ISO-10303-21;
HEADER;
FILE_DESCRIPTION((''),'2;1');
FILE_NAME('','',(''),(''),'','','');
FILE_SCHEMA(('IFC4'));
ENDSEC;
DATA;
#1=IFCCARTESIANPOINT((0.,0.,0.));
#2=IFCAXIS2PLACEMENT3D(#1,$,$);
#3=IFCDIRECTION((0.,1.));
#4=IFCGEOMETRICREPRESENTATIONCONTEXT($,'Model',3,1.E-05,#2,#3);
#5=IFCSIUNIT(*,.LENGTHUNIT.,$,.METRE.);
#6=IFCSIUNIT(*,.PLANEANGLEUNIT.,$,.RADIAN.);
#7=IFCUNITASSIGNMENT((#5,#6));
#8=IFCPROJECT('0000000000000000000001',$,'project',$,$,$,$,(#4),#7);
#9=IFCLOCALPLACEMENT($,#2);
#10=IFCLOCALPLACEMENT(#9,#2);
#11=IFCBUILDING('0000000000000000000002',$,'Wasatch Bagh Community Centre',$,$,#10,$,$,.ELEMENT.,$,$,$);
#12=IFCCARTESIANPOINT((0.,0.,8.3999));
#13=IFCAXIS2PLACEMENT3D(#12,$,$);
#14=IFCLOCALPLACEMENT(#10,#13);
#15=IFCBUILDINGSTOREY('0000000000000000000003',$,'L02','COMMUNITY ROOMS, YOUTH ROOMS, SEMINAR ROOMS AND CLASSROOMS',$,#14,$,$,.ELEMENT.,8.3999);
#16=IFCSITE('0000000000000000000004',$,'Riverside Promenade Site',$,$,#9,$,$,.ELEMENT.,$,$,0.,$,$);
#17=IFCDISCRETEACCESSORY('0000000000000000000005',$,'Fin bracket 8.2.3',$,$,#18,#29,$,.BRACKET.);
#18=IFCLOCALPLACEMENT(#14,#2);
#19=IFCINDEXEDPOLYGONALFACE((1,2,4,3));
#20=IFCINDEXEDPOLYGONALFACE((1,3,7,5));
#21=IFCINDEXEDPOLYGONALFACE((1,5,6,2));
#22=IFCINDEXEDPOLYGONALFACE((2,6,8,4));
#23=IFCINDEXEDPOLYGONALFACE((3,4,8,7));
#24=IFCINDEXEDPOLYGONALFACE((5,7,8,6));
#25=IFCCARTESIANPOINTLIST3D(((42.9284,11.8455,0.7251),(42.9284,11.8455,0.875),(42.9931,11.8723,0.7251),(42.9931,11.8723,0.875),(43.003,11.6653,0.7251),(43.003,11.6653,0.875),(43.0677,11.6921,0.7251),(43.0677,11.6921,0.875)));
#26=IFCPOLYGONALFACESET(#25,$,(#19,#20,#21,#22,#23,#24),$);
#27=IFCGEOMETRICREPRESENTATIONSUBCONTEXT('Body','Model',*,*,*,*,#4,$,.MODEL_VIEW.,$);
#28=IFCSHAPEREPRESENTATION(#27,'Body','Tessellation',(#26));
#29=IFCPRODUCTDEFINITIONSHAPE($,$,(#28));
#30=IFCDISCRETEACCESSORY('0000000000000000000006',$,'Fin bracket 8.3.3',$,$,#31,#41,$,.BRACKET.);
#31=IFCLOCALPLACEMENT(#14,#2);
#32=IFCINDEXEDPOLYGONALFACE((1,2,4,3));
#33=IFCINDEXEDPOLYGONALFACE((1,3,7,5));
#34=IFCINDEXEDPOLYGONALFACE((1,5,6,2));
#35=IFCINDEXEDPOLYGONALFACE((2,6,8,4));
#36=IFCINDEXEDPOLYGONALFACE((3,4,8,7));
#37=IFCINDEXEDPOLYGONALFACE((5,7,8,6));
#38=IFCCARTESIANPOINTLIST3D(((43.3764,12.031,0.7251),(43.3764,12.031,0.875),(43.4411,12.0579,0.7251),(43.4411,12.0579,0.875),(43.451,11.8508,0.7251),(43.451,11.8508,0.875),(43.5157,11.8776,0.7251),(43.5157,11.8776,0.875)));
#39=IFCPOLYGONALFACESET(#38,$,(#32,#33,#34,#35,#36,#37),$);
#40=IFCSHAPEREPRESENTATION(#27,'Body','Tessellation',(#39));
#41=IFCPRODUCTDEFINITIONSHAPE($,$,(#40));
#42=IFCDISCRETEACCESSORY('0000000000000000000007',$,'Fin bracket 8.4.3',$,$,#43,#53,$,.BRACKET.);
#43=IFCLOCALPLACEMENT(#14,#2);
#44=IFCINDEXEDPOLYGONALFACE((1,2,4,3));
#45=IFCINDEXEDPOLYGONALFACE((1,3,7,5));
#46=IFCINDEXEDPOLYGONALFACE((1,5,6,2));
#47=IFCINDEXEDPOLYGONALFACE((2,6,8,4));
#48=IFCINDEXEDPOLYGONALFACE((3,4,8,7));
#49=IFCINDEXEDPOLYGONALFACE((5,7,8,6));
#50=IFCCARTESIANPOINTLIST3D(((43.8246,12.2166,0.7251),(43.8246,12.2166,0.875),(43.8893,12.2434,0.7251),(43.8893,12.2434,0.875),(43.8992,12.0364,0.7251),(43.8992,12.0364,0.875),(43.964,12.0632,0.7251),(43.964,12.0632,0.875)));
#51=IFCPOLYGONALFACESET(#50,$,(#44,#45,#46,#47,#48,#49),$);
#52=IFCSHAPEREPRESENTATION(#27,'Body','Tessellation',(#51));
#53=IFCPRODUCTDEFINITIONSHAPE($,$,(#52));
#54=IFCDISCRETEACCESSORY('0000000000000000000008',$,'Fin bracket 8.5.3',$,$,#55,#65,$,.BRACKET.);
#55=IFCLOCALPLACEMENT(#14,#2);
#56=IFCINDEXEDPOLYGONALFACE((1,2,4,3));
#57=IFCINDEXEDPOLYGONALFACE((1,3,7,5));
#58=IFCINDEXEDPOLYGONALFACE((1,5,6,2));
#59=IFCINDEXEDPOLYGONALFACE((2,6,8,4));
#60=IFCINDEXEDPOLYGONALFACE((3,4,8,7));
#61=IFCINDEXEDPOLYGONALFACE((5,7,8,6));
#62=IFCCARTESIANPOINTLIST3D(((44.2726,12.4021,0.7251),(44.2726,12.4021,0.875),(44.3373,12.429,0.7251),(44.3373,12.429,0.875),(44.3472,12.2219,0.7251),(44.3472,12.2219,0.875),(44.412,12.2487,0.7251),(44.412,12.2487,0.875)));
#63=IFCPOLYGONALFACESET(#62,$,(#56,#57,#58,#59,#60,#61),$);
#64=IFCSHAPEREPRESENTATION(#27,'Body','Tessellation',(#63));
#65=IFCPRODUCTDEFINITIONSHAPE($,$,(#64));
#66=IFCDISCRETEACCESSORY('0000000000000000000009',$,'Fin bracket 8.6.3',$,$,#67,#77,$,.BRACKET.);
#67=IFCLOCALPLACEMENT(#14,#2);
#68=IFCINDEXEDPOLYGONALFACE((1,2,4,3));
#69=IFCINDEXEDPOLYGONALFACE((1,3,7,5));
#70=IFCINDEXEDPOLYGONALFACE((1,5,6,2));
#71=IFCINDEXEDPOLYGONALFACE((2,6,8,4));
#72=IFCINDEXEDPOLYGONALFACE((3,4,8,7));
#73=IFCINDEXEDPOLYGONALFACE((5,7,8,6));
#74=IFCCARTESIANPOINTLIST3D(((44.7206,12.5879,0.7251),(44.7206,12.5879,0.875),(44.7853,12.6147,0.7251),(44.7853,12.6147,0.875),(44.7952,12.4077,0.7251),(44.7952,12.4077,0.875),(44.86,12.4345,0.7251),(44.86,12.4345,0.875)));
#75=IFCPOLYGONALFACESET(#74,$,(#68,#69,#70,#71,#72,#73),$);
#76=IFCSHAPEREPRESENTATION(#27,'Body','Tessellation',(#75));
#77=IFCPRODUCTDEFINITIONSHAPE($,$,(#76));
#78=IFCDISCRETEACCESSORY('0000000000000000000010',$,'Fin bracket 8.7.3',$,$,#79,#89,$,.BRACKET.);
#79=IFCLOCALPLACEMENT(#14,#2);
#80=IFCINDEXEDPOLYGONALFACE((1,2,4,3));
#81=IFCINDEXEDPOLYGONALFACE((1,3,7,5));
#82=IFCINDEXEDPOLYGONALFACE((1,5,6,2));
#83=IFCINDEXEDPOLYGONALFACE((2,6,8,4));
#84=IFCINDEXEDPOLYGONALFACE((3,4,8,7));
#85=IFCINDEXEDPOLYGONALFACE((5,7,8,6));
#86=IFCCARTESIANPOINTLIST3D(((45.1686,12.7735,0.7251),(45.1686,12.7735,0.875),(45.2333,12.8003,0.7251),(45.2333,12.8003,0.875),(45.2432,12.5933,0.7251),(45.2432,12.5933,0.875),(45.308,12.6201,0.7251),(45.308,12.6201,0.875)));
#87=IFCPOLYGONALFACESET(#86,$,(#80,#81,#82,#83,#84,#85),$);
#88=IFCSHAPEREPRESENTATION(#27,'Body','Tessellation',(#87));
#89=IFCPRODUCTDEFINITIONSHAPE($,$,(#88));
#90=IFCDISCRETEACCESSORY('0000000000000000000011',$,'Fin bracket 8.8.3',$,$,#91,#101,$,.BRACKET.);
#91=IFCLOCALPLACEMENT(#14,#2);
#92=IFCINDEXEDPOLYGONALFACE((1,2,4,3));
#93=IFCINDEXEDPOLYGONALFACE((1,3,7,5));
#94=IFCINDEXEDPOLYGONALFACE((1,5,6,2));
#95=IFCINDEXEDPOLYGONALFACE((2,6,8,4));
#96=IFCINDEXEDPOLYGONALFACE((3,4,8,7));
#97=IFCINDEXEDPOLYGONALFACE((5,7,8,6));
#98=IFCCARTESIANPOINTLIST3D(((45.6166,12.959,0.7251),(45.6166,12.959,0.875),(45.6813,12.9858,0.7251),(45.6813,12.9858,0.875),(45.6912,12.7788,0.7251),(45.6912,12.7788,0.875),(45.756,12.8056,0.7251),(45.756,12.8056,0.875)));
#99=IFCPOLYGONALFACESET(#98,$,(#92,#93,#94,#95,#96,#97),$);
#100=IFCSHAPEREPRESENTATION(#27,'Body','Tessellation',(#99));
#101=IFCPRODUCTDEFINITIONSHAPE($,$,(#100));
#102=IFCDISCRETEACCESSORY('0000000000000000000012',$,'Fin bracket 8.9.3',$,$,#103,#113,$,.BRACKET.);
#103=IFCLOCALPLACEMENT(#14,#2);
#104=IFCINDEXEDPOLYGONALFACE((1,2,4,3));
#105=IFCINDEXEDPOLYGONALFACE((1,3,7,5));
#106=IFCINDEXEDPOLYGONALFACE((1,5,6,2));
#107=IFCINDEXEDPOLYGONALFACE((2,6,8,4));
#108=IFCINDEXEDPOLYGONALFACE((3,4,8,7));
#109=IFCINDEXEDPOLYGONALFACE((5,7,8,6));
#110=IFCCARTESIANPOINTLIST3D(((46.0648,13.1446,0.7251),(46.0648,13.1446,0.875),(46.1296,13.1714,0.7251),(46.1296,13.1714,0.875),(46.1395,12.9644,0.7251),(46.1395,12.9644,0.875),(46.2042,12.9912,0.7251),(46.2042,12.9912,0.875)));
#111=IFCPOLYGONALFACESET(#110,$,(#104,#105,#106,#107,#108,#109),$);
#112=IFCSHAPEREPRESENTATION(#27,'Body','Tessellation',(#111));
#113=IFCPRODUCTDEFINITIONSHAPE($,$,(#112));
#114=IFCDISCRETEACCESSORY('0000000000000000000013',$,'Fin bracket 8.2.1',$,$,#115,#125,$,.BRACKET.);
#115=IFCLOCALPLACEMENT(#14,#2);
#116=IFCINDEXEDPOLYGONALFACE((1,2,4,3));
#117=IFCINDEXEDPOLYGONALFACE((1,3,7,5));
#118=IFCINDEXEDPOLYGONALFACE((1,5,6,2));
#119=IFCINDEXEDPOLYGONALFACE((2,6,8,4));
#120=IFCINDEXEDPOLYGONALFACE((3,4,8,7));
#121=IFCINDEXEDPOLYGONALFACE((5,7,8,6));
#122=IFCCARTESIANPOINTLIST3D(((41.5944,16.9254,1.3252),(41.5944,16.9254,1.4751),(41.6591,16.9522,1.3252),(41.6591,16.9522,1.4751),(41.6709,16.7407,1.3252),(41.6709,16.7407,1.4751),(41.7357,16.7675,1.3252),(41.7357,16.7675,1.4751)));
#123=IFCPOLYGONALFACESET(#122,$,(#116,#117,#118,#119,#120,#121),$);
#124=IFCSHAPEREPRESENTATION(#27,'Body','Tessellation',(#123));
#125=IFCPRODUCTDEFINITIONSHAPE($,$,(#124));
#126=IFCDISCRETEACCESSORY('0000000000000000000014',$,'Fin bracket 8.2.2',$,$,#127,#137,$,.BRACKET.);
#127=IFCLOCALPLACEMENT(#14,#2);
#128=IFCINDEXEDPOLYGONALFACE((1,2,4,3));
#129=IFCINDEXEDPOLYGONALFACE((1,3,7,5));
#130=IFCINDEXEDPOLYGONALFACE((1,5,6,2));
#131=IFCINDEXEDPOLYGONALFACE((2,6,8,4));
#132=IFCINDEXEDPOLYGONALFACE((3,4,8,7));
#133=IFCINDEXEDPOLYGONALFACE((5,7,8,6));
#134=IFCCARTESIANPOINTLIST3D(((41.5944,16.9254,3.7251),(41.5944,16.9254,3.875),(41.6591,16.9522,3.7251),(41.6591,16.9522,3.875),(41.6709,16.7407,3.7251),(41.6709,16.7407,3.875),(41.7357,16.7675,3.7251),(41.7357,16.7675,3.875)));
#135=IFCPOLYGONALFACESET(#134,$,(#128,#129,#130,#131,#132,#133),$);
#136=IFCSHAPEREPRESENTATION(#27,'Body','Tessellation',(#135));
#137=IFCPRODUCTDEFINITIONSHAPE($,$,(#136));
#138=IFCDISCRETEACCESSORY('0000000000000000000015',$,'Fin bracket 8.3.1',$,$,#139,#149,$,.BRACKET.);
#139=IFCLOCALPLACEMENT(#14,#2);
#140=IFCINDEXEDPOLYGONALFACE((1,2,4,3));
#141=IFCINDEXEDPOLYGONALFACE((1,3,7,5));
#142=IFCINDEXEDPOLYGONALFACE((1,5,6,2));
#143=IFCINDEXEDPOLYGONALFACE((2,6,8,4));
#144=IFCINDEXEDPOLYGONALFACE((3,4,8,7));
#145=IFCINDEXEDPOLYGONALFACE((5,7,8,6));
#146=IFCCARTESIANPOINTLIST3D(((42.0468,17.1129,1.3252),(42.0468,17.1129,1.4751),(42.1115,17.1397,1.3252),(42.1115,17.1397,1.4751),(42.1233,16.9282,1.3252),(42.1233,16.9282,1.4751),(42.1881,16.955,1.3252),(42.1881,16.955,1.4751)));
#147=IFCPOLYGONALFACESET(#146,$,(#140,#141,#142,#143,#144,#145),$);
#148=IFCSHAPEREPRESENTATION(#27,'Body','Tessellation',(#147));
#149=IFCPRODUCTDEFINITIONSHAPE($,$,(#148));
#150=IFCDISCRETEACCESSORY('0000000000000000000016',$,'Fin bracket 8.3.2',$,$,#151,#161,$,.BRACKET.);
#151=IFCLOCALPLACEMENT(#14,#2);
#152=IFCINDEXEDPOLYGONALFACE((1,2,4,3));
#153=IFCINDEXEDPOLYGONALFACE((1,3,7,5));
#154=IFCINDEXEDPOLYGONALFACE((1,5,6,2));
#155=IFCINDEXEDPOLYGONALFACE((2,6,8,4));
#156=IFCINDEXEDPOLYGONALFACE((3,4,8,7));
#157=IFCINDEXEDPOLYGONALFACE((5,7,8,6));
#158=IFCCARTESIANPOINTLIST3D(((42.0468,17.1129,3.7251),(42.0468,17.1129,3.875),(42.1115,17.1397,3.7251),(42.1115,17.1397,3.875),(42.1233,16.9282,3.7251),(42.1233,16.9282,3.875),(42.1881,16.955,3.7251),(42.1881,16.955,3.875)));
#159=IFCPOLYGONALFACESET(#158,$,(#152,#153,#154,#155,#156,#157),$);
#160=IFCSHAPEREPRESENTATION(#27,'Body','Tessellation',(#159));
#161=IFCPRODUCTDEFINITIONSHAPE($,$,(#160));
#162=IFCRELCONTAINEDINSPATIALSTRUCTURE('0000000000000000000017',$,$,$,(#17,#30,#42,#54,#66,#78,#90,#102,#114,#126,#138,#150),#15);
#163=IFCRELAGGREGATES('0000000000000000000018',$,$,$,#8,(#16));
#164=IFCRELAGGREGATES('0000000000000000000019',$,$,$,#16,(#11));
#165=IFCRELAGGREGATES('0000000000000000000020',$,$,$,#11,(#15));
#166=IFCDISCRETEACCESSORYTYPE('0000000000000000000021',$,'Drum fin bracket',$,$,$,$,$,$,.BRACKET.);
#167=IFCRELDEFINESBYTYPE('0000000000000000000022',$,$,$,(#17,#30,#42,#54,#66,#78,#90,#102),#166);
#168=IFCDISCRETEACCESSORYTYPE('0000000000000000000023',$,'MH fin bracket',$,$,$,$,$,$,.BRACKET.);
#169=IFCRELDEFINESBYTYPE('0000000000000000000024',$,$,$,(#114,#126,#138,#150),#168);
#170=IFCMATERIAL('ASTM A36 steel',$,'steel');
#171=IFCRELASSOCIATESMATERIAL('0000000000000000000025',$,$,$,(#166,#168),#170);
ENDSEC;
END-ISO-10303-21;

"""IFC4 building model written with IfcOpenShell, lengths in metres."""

from ifc_helpers import new_model, si_unit, direction, frame, origin, origin_2d, place, context, subcontext, project, spatial, rectangle, extrude, material, type_object, element, save


model = new_model("IFC4")

# Units and contexts
model_context = context("Model", 3, precision=1e-05, world=origin(), true_north=direction((0.0, 1.0)))
body_context = subcontext(model_context, "Body", "Model", "MODEL_VIEW")
ifc_project = project(units=[si_unit("LENGTHUNIT", "METRE"), si_unit("PLANEANGLEUNIT", "RADIAN")], contexts=[model_context])

# Site, building, storey
site_placement = place(None, origin())
site = spatial("IfcSite", under=ifc_project, at=site_placement, Name="Riverside Promenade Site", CompositionType="ELEMENT", RefElevation=0.0)
building_placement = place(site_placement, origin())
building = spatial("IfcBuilding", under=site, at=building_placement, Name="Wasatch Bagh Community Centre", CompositionType="ELEMENT")
storey_placement = place(building_placement, frame((0.0, 0.0, 8.3999)))
storey = spatial("IfcBuildingStorey", under=building, at=storey_placement, Name="L02", Description="COMMUNITY ROOMS, YOUTH ROOMS, SEMINAR ROOMS AND CLASSROOMS", CompositionType="ELEMENT", Elevation=8.3999)

# Discrete accessories
ifc_material_1 = material(Name="ASTM A36 steel", Category="steel")
discrete_accessory_type_1 = type_object("IfcDiscreteAccessoryType", Name="Drum fin bracket", PredefinedType="BRACKET", material=ifc_material_1)
for number, where, z_axis, x_axis, name in (
    (1, (42.998, 11.7688, 0.7251), (0.0, 0.0, 1.0), (0.92388, 0.382683, 0.0), "Fin bracket 8.2.3"),
    (2, (43.446, 11.9543, 0.7251), (0.0, 0.0, 1.0), (0.92388, 0.382683, 0.0), "Fin bracket 8.3.3"),
    (3, (43.8943, 12.1399, 0.7251), (0.0, 0.0, 1.0), (0.92388, 0.382683, 0.0), "Fin bracket 8.4.3"),
    (4, (44.3423, 12.3254, 0.7251), (0.0, 0.0, 1.0), (0.92388, 0.382683, 0.0), "Fin bracket 8.5.3"),
    (5, (44.7903, 12.5112, 0.7251), (0.0, 0.0, 1.0), (0.92388, 0.382683, 0.0), "Fin bracket 8.6.3"),
    (6, (45.2383, 12.6968, 0.7251), (0.0, 0.0, 1.0), (0.92388, 0.382683, 0.0), "Fin bracket 8.7.3"),
    (7, (45.6863, 12.8823, 0.7251), (0.0, 0.0, 1.0), (0.92388, 0.382683, 0.0), "Fin bracket 8.8.3"),
    (8, (46.1345, 13.0679, 0.7251), (0.0, 0.0, 1.0), (0.92388, 0.382683, 0.0), "Fin bracket 8.9.3"),
):
    element("IfcDiscreteAccessory", number, at=place(storey_placement, frame(where, z_axis=z_axis, x_axis=x_axis)), inside=storey, type_object=discrete_accessory_type_1, Name=name, PredefinedType="BRACKET", context=body_context, shape_type="SweptSolid", body=[
        extrude(rectangle(XDim=0.0701, YDim=0.1951, at=origin_2d()), origin(), (0.0, 0.0, 1.0), 0.1499),
    ])
discrete_accessory_type_2 = type_object("IfcDiscreteAccessoryType", Name="MH fin bracket", PredefinedType="BRACKET", material=ifc_material_1)
for number, where, z_axis, x_axis, name in (
    (9, (41.665, 16.8464, 1.3252), (0.0, 0.0, 1.0), (0.92388, 0.382683, 0.0), "Fin bracket 8.2.1"),
    (10, (41.665, 16.8464, 3.7251), (0.0, 0.0, 1.0), (0.92388, 0.382683, 0.0), "Fin bracket 8.2.2"),
    (11, (42.1174, 17.0339, 1.3252), (0.0, 0.0, 1.0), (0.92388, 0.382683, 0.0), "Fin bracket 8.3.1"),
    (12, (42.1174, 17.0339, 3.7251), (0.0, 0.0, 1.0), (0.92388, 0.382683, 0.0), "Fin bracket 8.3.2"),
):
    element("IfcDiscreteAccessory", number, at=place(storey_placement, frame(where, z_axis=z_axis, x_axis=x_axis)), inside=storey, type_object=discrete_accessory_type_2, Name=name, PredefinedType="BRACKET", context=body_context, shape_type="SweptSolid", body=[
        extrude(rectangle(XDim=0.0701, YDim=0.2, at=origin_2d()), origin(), (0.0, 0.0, 1.0), 0.1499),
    ])

save(model, "model.ifc")
